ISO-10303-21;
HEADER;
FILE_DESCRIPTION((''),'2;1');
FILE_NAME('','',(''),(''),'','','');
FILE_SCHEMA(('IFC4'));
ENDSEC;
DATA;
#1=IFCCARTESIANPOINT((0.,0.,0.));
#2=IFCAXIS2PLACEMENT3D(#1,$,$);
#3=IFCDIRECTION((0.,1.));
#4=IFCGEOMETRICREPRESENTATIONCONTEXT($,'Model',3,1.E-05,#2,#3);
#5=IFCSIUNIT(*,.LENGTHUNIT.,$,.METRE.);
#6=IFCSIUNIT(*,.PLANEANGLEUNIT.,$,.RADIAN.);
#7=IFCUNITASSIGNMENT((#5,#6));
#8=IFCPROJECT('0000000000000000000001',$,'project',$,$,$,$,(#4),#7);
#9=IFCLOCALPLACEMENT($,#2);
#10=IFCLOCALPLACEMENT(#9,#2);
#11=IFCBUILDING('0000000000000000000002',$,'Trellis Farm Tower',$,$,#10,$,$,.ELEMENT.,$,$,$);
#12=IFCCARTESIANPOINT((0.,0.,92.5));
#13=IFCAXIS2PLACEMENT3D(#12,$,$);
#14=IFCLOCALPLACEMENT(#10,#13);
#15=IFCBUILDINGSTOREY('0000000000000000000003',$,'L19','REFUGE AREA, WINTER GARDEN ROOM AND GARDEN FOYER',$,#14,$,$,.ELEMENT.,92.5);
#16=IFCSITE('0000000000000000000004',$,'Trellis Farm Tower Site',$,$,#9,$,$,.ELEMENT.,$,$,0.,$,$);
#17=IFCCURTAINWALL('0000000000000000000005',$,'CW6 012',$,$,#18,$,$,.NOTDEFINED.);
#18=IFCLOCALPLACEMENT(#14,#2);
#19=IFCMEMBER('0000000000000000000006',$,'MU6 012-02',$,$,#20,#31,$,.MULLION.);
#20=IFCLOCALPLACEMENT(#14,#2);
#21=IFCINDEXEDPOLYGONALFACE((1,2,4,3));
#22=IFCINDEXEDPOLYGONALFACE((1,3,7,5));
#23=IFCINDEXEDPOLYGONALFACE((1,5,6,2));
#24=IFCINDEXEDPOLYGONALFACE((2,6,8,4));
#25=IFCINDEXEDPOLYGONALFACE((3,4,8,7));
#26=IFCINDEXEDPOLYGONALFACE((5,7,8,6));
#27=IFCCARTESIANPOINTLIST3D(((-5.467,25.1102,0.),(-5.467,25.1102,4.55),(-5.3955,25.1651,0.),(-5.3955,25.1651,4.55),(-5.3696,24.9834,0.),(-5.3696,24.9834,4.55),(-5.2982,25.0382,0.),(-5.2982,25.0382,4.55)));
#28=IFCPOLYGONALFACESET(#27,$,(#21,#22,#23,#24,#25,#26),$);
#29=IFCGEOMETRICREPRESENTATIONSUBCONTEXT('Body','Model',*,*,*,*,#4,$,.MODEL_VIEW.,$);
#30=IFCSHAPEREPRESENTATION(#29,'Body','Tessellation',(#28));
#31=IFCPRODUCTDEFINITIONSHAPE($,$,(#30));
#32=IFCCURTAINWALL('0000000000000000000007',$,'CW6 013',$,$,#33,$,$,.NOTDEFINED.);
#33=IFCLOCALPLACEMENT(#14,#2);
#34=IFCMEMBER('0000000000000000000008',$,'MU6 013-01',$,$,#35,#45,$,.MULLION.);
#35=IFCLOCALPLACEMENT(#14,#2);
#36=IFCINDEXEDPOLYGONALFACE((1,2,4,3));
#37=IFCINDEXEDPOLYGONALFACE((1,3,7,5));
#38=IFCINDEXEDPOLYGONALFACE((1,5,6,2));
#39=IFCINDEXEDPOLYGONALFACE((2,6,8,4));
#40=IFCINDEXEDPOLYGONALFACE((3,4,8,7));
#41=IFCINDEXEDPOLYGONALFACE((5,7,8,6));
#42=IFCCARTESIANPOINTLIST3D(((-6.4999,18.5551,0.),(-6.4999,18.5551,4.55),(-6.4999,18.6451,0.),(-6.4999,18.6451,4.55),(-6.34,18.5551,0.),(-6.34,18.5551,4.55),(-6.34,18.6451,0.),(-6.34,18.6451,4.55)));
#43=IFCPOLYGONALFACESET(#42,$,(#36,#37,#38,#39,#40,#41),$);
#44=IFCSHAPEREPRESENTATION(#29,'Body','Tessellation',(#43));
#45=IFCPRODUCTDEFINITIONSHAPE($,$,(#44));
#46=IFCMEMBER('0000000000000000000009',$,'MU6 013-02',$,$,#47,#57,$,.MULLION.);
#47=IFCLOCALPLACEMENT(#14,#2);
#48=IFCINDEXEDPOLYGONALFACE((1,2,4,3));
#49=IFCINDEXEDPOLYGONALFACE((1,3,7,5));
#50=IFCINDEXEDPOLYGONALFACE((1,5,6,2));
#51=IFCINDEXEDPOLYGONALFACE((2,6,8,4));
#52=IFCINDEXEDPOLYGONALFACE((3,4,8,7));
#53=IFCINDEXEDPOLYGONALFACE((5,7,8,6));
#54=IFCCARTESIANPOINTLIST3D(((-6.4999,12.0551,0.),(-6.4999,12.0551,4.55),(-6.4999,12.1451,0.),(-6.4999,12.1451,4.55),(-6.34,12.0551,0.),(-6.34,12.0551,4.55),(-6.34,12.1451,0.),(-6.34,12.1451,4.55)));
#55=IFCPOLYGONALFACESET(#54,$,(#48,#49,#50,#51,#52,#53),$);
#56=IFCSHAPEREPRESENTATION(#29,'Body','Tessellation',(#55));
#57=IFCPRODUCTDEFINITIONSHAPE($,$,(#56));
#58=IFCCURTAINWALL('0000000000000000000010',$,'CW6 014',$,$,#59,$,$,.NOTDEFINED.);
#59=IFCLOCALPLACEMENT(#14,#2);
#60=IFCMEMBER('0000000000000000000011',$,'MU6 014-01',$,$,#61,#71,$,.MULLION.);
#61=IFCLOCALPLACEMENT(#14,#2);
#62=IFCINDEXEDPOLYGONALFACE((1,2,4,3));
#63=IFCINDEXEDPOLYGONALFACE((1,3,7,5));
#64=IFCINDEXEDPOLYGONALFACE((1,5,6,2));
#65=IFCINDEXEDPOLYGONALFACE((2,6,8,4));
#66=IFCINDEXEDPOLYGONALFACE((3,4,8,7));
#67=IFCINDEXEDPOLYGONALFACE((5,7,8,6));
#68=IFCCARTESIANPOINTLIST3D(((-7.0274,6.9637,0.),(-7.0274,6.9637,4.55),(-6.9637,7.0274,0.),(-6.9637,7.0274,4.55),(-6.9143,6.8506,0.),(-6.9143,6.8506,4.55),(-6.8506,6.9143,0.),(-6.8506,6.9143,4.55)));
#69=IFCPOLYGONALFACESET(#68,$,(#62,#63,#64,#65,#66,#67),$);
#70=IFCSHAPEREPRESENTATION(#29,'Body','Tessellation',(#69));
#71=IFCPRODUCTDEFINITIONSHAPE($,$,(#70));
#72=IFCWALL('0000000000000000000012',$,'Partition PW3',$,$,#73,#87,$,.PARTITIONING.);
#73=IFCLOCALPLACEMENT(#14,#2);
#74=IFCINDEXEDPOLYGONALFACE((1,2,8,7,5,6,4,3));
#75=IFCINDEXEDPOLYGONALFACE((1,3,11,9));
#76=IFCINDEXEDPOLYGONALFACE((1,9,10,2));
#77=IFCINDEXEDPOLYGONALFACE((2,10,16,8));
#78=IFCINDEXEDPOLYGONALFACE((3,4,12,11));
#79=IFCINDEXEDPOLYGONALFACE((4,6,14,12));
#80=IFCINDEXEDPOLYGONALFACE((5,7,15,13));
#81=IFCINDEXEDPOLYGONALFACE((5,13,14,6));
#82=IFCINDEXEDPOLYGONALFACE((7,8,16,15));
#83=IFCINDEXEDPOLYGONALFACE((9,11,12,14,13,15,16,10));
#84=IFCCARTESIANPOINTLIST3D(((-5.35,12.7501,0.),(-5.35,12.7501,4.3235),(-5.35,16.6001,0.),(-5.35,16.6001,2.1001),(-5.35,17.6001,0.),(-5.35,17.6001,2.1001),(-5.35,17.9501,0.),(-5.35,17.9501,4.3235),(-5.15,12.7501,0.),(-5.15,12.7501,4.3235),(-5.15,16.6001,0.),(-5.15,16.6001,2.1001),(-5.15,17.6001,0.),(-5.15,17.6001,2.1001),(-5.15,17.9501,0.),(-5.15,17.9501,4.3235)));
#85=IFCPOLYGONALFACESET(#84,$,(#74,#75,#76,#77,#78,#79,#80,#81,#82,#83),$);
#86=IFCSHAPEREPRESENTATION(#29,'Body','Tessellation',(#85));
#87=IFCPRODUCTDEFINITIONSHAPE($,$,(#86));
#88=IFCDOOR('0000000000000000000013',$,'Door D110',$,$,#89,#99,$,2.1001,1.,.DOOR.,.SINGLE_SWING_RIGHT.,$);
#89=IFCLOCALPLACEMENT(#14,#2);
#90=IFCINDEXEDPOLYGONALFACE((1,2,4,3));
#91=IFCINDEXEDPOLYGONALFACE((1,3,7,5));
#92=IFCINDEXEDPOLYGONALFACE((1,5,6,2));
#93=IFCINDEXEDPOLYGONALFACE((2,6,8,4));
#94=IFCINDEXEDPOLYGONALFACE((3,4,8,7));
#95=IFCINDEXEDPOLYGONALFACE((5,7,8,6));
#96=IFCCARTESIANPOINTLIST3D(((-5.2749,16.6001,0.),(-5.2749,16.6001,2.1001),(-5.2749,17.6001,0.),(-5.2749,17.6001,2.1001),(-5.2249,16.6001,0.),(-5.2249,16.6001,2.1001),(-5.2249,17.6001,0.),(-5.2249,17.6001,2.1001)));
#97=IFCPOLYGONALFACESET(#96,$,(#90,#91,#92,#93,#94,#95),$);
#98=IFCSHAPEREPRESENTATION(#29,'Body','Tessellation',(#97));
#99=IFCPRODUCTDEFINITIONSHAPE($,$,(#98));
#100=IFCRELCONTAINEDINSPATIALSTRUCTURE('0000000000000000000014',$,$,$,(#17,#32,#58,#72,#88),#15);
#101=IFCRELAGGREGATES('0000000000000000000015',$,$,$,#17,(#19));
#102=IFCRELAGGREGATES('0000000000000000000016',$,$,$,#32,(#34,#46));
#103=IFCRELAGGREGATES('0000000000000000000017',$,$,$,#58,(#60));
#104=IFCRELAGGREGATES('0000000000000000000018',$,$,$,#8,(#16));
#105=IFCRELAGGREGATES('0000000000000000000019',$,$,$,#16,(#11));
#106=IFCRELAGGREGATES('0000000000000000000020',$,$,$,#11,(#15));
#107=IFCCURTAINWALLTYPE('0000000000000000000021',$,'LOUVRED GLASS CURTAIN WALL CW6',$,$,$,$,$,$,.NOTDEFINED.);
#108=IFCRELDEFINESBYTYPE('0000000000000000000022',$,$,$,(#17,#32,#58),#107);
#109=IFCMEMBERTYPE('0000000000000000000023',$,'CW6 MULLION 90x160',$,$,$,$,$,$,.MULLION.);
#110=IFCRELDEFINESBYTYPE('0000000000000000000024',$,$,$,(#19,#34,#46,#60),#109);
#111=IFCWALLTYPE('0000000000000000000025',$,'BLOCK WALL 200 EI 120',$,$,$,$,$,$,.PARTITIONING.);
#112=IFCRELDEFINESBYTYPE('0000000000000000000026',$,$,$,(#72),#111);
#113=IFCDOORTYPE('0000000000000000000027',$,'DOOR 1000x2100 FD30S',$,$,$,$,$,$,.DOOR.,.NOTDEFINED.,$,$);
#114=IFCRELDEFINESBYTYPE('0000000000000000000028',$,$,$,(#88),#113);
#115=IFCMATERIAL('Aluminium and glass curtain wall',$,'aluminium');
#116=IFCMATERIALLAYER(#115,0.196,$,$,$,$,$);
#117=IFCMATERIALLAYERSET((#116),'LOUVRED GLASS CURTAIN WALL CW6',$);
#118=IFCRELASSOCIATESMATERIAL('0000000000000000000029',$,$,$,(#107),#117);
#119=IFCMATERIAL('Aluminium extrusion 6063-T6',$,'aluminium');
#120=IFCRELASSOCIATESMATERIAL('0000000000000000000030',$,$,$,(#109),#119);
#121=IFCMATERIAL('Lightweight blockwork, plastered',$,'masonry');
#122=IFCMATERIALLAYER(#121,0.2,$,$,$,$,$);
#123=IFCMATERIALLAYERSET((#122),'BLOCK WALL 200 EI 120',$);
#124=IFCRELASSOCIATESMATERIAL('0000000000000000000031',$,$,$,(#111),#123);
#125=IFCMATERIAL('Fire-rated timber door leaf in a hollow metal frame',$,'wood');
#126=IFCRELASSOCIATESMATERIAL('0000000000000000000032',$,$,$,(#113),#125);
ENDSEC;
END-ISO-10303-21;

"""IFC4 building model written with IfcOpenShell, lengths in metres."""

from ifc_helpers import new_model, si_unit, direction, frame, frame_2d, origin, origin_2d, place, context, subcontext, project, spatial, rectangle, extrude, source, transform, mapped, material, layer, layer_set, material_profile, profile_set, type_object, element, fill, aggregate, save


model = new_model("IFC4")

# Units and contexts
model_context = context("Model", 3, precision=1e-05, world=origin(), true_north=direction((0.0, 1.0)))
body_context = subcontext(model_context, "Body", "Model", "MODEL_VIEW")
ifc_project = project(units=[si_unit("LENGTHUNIT", "METRE"), si_unit("PLANEANGLEUNIT", "RADIAN")], contexts=[model_context])

# Site, building, storey
site_placement = place(None, origin())
site = spatial("IfcSite", under=ifc_project, at=site_placement, Name="Trellis Farm Tower Site", CompositionType="ELEMENT", RefElevation=0.0)
building_placement = place(site_placement, origin())
building = spatial("IfcBuilding", under=site, at=building_placement, Name="Trellis Farm Tower", CompositionType="ELEMENT")
storey_placement = place(building_placement, frame((0.0, 0.0, 92.5)))
storey = spatial("IfcBuildingStorey", under=building, at=storey_placement, Name="L19", Description="REFUGE AREA, WINTER GARDEN ROOM AND GARDEN FOYER", CompositionType="ELEMENT", Elevation=92.5)

# Curtain wall, member
ifc_material_1 = material(Name="Aluminium and glass curtain wall", Category="aluminium")
ifc_layer_1 = layer(ifc_material_1, 0.196)
ifc_layer_set_1 = layer_set([ifc_layer_1], Name="LOUVRED GLASS CURTAIN WALL CW6")
curtain_wall_type = type_object("IfcCurtainWallType", Name="LOUVRED GLASS CURTAIN WALL CW6", PredefinedType="NOTDEFINED", material=ifc_layer_set_1)
placement = place(storey_placement, origin())
curtain_wall_1 = element("IfcCurtainWall", 1, at=placement, inside=storey, type_object=curtain_wall_type, Name="CW6 012", PredefinedType="NOTDEFINED")
ifc_material_2 = material(Name="Aluminium extrusion 6063-T6", Category="aluminium")
ifc_material_profile_1 = material_profile(ifc_material_2, rectangle(XDim=0.0901, YDim=0.1599, at=origin_2d()), Name="MULLION 90x160")
ifc_profile_set_1 = profile_set([ifc_material_profile_1], Name="Aluminium extrusion 6063-T6")
member_type_1 = type_object("IfcMemberType", Name="CW6 MULLION 90x160", PredefinedType="MULLION", material=ifc_profile_set_1)
shared_shape_1 = source(origin(), body_context, "Body", "SweptSolid", [
    extrude(rectangle(XDim=0.0901, YDim=0.1599, at=origin_2d()), origin(), (0.0, 0.0, 1.0), 4.55),
])
member_1_placement = place(storey_placement, frame((-5.3826, 25.0742, 0.0), z_axis=(0.0, 0.0, 1.0), x_axis=(-0.793353, -0.608761, 0.0)))
member_1 = element("IfcMember", 2, at=member_1_placement, type_object=member_type_1, Name="MU6 012-02", PredefinedType="MULLION", context=body_context, shape_type="MappedRepresentation", body=[
    mapped(shared_shape_1, transform((0.0, 0.0, 0.0))),
])
aggregate(curtain_wall_1, [member_1])

# Curtain wall, members
curtain_wall_2 = element("IfcCurtainWall", 3, at=placement, inside=storey, type_object=curtain_wall_type, Name="CW6 013", PredefinedType="NOTDEFINED")
member_2_placement = place(storey_placement, frame((-6.4199, 18.6001, 0.0), z_axis=(0.0, 0.0, 1.0), x_axis=(0.0, -1.0, 0.0)))
member_2 = element("IfcMember", 4, at=member_2_placement, type_object=member_type_1, Name="MU6 013-01", PredefinedType="MULLION", context=body_context, shape_type="MappedRepresentation", body=[
    mapped(shared_shape_1, transform((0.0, 0.0, 0.0))),
])
member_3_placement = place(storey_placement, frame((-6.4199, 12.1001, 0.0), z_axis=(0.0, 0.0, 1.0), x_axis=(0.0, -1.0, 0.0)))
member_3 = element("IfcMember", 5, at=member_3_placement, type_object=member_type_1, Name="MU6 013-02", PredefinedType="MULLION", context=body_context, shape_type="MappedRepresentation", body=[
    mapped(shared_shape_1, transform((0.0, 0.0, 0.0))),
])
aggregate(curtain_wall_2, [member_2, member_3])

# Curtain wall, member
curtain_wall_3 = element("IfcCurtainWall", 6, at=placement, inside=storey, type_object=curtain_wall_type, Name="CW6 014", PredefinedType="NOTDEFINED")
member_4_placement = place(storey_placement, frame((-6.939, 6.939, 0.0), z_axis=(0.0, 0.0, 1.0), x_axis=(-0.707107, -0.707107, 0.0)))
member_4 = element("IfcMember", 7, at=member_4_placement, type_object=member_type_1, Name="MU6 014-01", PredefinedType="MULLION", context=body_context, shape_type="MappedRepresentation", body=[
    mapped(shared_shape_1, transform((0.0, 0.0, 0.0))),
])
aggregate(curtain_wall_3, [member_4])

# Wall, opening, door
ifc_material_3 = material(Name="Lightweight blockwork, plastered", Category="masonry")
ifc_layer_2 = layer(ifc_material_3, 0.2)
ifc_layer_set_2 = layer_set([ifc_layer_2], Name="BLOCK WALL 200 EI 120")
wall_type = type_object("IfcWallType", Name="BLOCK WALL 200 EI 120", PredefinedType="PARTITIONING", material=ifc_layer_set_2)
shared_shape_2 = source(origin(), body_context, "Body", "SweptSolid", [
    extrude(rectangle(XDim=5.2, YDim=0.2, at=frame_2d((2.6001, 0.0))), origin(), (0.0, 0.0, 1.0), 4.3235),
])
wall_placement = place(storey_placement, frame((-5.25, 12.75, 0.0), z_axis=(0.0, 0.0, 1.0), x_axis=(0.0, 1.0, 0.0)))
wall = element("IfcWall", 8, at=wall_placement, inside=storey, type_object=wall_type, Name="Partition PW3", PredefinedType="PARTITIONING", context=body_context, shape_type="MappedRepresentation", body=[
    mapped(shared_shape_2, transform((0.0, 0.0, 0.0))),
])
shared_shape_3 = source(origin(), body_context, "Body", "SweptSolid", [
    extrude(rectangle(XDim=1.0, YDim=2.1001, at=frame_2d((0.5, 1.05))), frame((0.0, 0.1101, 0.0), z_axis=(0.0, -1.0, 0.0), x_axis=(1.0, 0.0, 0.0)), (0.0, 0.0, 1.0), 0.2202),
])
opening_placement = place(wall_placement, frame((3.8501, 0.0, 0.0)))
opening = element("IfcOpeningElement", 9, at=opening_placement, cuts=wall, PredefinedType="OPENING", context=body_context, shape_type="MappedRepresentation", body=[
    mapped(shared_shape_3, transform((0.0, 0.0, 0.0))),
])
ifc_material_4 = material(Name="Fire-rated timber door leaf in a hollow metal frame", Category="wood")
door_type = type_object("IfcDoorType", Name="DOOR 1000x2100 FD30S", OperationType="NOTDEFINED", PredefinedType="DOOR", material=ifc_material_4)
shared_shape_4 = source(origin(), body_context, "Body", "SweptSolid", [
    extrude(rectangle(XDim=1.0, YDim=2.1001, at=frame_2d((0.5, 1.05))), frame((0.0, 0.0249, 0.0), z_axis=(0.0, -1.0, 0.0), x_axis=(1.0, 0.0, 0.0)), (0.0, 0.0, 1.0), 0.05),
])
door_placement = place(opening_placement, origin())
door = element("IfcDoor", 10, at=door_placement, inside=storey, type_object=door_type, Name="Door D110", OperationType="SINGLE_SWING_RIGHT", OverallHeight=2.1001, OverallWidth=1.0, PredefinedType="DOOR", context=body_context, shape_type="MappedRepresentation", body=[
    mapped(shared_shape_4, transform((0.0, 0.0, 0.0))),
])
fill(opening, door)

save(model, "model.ifc")
